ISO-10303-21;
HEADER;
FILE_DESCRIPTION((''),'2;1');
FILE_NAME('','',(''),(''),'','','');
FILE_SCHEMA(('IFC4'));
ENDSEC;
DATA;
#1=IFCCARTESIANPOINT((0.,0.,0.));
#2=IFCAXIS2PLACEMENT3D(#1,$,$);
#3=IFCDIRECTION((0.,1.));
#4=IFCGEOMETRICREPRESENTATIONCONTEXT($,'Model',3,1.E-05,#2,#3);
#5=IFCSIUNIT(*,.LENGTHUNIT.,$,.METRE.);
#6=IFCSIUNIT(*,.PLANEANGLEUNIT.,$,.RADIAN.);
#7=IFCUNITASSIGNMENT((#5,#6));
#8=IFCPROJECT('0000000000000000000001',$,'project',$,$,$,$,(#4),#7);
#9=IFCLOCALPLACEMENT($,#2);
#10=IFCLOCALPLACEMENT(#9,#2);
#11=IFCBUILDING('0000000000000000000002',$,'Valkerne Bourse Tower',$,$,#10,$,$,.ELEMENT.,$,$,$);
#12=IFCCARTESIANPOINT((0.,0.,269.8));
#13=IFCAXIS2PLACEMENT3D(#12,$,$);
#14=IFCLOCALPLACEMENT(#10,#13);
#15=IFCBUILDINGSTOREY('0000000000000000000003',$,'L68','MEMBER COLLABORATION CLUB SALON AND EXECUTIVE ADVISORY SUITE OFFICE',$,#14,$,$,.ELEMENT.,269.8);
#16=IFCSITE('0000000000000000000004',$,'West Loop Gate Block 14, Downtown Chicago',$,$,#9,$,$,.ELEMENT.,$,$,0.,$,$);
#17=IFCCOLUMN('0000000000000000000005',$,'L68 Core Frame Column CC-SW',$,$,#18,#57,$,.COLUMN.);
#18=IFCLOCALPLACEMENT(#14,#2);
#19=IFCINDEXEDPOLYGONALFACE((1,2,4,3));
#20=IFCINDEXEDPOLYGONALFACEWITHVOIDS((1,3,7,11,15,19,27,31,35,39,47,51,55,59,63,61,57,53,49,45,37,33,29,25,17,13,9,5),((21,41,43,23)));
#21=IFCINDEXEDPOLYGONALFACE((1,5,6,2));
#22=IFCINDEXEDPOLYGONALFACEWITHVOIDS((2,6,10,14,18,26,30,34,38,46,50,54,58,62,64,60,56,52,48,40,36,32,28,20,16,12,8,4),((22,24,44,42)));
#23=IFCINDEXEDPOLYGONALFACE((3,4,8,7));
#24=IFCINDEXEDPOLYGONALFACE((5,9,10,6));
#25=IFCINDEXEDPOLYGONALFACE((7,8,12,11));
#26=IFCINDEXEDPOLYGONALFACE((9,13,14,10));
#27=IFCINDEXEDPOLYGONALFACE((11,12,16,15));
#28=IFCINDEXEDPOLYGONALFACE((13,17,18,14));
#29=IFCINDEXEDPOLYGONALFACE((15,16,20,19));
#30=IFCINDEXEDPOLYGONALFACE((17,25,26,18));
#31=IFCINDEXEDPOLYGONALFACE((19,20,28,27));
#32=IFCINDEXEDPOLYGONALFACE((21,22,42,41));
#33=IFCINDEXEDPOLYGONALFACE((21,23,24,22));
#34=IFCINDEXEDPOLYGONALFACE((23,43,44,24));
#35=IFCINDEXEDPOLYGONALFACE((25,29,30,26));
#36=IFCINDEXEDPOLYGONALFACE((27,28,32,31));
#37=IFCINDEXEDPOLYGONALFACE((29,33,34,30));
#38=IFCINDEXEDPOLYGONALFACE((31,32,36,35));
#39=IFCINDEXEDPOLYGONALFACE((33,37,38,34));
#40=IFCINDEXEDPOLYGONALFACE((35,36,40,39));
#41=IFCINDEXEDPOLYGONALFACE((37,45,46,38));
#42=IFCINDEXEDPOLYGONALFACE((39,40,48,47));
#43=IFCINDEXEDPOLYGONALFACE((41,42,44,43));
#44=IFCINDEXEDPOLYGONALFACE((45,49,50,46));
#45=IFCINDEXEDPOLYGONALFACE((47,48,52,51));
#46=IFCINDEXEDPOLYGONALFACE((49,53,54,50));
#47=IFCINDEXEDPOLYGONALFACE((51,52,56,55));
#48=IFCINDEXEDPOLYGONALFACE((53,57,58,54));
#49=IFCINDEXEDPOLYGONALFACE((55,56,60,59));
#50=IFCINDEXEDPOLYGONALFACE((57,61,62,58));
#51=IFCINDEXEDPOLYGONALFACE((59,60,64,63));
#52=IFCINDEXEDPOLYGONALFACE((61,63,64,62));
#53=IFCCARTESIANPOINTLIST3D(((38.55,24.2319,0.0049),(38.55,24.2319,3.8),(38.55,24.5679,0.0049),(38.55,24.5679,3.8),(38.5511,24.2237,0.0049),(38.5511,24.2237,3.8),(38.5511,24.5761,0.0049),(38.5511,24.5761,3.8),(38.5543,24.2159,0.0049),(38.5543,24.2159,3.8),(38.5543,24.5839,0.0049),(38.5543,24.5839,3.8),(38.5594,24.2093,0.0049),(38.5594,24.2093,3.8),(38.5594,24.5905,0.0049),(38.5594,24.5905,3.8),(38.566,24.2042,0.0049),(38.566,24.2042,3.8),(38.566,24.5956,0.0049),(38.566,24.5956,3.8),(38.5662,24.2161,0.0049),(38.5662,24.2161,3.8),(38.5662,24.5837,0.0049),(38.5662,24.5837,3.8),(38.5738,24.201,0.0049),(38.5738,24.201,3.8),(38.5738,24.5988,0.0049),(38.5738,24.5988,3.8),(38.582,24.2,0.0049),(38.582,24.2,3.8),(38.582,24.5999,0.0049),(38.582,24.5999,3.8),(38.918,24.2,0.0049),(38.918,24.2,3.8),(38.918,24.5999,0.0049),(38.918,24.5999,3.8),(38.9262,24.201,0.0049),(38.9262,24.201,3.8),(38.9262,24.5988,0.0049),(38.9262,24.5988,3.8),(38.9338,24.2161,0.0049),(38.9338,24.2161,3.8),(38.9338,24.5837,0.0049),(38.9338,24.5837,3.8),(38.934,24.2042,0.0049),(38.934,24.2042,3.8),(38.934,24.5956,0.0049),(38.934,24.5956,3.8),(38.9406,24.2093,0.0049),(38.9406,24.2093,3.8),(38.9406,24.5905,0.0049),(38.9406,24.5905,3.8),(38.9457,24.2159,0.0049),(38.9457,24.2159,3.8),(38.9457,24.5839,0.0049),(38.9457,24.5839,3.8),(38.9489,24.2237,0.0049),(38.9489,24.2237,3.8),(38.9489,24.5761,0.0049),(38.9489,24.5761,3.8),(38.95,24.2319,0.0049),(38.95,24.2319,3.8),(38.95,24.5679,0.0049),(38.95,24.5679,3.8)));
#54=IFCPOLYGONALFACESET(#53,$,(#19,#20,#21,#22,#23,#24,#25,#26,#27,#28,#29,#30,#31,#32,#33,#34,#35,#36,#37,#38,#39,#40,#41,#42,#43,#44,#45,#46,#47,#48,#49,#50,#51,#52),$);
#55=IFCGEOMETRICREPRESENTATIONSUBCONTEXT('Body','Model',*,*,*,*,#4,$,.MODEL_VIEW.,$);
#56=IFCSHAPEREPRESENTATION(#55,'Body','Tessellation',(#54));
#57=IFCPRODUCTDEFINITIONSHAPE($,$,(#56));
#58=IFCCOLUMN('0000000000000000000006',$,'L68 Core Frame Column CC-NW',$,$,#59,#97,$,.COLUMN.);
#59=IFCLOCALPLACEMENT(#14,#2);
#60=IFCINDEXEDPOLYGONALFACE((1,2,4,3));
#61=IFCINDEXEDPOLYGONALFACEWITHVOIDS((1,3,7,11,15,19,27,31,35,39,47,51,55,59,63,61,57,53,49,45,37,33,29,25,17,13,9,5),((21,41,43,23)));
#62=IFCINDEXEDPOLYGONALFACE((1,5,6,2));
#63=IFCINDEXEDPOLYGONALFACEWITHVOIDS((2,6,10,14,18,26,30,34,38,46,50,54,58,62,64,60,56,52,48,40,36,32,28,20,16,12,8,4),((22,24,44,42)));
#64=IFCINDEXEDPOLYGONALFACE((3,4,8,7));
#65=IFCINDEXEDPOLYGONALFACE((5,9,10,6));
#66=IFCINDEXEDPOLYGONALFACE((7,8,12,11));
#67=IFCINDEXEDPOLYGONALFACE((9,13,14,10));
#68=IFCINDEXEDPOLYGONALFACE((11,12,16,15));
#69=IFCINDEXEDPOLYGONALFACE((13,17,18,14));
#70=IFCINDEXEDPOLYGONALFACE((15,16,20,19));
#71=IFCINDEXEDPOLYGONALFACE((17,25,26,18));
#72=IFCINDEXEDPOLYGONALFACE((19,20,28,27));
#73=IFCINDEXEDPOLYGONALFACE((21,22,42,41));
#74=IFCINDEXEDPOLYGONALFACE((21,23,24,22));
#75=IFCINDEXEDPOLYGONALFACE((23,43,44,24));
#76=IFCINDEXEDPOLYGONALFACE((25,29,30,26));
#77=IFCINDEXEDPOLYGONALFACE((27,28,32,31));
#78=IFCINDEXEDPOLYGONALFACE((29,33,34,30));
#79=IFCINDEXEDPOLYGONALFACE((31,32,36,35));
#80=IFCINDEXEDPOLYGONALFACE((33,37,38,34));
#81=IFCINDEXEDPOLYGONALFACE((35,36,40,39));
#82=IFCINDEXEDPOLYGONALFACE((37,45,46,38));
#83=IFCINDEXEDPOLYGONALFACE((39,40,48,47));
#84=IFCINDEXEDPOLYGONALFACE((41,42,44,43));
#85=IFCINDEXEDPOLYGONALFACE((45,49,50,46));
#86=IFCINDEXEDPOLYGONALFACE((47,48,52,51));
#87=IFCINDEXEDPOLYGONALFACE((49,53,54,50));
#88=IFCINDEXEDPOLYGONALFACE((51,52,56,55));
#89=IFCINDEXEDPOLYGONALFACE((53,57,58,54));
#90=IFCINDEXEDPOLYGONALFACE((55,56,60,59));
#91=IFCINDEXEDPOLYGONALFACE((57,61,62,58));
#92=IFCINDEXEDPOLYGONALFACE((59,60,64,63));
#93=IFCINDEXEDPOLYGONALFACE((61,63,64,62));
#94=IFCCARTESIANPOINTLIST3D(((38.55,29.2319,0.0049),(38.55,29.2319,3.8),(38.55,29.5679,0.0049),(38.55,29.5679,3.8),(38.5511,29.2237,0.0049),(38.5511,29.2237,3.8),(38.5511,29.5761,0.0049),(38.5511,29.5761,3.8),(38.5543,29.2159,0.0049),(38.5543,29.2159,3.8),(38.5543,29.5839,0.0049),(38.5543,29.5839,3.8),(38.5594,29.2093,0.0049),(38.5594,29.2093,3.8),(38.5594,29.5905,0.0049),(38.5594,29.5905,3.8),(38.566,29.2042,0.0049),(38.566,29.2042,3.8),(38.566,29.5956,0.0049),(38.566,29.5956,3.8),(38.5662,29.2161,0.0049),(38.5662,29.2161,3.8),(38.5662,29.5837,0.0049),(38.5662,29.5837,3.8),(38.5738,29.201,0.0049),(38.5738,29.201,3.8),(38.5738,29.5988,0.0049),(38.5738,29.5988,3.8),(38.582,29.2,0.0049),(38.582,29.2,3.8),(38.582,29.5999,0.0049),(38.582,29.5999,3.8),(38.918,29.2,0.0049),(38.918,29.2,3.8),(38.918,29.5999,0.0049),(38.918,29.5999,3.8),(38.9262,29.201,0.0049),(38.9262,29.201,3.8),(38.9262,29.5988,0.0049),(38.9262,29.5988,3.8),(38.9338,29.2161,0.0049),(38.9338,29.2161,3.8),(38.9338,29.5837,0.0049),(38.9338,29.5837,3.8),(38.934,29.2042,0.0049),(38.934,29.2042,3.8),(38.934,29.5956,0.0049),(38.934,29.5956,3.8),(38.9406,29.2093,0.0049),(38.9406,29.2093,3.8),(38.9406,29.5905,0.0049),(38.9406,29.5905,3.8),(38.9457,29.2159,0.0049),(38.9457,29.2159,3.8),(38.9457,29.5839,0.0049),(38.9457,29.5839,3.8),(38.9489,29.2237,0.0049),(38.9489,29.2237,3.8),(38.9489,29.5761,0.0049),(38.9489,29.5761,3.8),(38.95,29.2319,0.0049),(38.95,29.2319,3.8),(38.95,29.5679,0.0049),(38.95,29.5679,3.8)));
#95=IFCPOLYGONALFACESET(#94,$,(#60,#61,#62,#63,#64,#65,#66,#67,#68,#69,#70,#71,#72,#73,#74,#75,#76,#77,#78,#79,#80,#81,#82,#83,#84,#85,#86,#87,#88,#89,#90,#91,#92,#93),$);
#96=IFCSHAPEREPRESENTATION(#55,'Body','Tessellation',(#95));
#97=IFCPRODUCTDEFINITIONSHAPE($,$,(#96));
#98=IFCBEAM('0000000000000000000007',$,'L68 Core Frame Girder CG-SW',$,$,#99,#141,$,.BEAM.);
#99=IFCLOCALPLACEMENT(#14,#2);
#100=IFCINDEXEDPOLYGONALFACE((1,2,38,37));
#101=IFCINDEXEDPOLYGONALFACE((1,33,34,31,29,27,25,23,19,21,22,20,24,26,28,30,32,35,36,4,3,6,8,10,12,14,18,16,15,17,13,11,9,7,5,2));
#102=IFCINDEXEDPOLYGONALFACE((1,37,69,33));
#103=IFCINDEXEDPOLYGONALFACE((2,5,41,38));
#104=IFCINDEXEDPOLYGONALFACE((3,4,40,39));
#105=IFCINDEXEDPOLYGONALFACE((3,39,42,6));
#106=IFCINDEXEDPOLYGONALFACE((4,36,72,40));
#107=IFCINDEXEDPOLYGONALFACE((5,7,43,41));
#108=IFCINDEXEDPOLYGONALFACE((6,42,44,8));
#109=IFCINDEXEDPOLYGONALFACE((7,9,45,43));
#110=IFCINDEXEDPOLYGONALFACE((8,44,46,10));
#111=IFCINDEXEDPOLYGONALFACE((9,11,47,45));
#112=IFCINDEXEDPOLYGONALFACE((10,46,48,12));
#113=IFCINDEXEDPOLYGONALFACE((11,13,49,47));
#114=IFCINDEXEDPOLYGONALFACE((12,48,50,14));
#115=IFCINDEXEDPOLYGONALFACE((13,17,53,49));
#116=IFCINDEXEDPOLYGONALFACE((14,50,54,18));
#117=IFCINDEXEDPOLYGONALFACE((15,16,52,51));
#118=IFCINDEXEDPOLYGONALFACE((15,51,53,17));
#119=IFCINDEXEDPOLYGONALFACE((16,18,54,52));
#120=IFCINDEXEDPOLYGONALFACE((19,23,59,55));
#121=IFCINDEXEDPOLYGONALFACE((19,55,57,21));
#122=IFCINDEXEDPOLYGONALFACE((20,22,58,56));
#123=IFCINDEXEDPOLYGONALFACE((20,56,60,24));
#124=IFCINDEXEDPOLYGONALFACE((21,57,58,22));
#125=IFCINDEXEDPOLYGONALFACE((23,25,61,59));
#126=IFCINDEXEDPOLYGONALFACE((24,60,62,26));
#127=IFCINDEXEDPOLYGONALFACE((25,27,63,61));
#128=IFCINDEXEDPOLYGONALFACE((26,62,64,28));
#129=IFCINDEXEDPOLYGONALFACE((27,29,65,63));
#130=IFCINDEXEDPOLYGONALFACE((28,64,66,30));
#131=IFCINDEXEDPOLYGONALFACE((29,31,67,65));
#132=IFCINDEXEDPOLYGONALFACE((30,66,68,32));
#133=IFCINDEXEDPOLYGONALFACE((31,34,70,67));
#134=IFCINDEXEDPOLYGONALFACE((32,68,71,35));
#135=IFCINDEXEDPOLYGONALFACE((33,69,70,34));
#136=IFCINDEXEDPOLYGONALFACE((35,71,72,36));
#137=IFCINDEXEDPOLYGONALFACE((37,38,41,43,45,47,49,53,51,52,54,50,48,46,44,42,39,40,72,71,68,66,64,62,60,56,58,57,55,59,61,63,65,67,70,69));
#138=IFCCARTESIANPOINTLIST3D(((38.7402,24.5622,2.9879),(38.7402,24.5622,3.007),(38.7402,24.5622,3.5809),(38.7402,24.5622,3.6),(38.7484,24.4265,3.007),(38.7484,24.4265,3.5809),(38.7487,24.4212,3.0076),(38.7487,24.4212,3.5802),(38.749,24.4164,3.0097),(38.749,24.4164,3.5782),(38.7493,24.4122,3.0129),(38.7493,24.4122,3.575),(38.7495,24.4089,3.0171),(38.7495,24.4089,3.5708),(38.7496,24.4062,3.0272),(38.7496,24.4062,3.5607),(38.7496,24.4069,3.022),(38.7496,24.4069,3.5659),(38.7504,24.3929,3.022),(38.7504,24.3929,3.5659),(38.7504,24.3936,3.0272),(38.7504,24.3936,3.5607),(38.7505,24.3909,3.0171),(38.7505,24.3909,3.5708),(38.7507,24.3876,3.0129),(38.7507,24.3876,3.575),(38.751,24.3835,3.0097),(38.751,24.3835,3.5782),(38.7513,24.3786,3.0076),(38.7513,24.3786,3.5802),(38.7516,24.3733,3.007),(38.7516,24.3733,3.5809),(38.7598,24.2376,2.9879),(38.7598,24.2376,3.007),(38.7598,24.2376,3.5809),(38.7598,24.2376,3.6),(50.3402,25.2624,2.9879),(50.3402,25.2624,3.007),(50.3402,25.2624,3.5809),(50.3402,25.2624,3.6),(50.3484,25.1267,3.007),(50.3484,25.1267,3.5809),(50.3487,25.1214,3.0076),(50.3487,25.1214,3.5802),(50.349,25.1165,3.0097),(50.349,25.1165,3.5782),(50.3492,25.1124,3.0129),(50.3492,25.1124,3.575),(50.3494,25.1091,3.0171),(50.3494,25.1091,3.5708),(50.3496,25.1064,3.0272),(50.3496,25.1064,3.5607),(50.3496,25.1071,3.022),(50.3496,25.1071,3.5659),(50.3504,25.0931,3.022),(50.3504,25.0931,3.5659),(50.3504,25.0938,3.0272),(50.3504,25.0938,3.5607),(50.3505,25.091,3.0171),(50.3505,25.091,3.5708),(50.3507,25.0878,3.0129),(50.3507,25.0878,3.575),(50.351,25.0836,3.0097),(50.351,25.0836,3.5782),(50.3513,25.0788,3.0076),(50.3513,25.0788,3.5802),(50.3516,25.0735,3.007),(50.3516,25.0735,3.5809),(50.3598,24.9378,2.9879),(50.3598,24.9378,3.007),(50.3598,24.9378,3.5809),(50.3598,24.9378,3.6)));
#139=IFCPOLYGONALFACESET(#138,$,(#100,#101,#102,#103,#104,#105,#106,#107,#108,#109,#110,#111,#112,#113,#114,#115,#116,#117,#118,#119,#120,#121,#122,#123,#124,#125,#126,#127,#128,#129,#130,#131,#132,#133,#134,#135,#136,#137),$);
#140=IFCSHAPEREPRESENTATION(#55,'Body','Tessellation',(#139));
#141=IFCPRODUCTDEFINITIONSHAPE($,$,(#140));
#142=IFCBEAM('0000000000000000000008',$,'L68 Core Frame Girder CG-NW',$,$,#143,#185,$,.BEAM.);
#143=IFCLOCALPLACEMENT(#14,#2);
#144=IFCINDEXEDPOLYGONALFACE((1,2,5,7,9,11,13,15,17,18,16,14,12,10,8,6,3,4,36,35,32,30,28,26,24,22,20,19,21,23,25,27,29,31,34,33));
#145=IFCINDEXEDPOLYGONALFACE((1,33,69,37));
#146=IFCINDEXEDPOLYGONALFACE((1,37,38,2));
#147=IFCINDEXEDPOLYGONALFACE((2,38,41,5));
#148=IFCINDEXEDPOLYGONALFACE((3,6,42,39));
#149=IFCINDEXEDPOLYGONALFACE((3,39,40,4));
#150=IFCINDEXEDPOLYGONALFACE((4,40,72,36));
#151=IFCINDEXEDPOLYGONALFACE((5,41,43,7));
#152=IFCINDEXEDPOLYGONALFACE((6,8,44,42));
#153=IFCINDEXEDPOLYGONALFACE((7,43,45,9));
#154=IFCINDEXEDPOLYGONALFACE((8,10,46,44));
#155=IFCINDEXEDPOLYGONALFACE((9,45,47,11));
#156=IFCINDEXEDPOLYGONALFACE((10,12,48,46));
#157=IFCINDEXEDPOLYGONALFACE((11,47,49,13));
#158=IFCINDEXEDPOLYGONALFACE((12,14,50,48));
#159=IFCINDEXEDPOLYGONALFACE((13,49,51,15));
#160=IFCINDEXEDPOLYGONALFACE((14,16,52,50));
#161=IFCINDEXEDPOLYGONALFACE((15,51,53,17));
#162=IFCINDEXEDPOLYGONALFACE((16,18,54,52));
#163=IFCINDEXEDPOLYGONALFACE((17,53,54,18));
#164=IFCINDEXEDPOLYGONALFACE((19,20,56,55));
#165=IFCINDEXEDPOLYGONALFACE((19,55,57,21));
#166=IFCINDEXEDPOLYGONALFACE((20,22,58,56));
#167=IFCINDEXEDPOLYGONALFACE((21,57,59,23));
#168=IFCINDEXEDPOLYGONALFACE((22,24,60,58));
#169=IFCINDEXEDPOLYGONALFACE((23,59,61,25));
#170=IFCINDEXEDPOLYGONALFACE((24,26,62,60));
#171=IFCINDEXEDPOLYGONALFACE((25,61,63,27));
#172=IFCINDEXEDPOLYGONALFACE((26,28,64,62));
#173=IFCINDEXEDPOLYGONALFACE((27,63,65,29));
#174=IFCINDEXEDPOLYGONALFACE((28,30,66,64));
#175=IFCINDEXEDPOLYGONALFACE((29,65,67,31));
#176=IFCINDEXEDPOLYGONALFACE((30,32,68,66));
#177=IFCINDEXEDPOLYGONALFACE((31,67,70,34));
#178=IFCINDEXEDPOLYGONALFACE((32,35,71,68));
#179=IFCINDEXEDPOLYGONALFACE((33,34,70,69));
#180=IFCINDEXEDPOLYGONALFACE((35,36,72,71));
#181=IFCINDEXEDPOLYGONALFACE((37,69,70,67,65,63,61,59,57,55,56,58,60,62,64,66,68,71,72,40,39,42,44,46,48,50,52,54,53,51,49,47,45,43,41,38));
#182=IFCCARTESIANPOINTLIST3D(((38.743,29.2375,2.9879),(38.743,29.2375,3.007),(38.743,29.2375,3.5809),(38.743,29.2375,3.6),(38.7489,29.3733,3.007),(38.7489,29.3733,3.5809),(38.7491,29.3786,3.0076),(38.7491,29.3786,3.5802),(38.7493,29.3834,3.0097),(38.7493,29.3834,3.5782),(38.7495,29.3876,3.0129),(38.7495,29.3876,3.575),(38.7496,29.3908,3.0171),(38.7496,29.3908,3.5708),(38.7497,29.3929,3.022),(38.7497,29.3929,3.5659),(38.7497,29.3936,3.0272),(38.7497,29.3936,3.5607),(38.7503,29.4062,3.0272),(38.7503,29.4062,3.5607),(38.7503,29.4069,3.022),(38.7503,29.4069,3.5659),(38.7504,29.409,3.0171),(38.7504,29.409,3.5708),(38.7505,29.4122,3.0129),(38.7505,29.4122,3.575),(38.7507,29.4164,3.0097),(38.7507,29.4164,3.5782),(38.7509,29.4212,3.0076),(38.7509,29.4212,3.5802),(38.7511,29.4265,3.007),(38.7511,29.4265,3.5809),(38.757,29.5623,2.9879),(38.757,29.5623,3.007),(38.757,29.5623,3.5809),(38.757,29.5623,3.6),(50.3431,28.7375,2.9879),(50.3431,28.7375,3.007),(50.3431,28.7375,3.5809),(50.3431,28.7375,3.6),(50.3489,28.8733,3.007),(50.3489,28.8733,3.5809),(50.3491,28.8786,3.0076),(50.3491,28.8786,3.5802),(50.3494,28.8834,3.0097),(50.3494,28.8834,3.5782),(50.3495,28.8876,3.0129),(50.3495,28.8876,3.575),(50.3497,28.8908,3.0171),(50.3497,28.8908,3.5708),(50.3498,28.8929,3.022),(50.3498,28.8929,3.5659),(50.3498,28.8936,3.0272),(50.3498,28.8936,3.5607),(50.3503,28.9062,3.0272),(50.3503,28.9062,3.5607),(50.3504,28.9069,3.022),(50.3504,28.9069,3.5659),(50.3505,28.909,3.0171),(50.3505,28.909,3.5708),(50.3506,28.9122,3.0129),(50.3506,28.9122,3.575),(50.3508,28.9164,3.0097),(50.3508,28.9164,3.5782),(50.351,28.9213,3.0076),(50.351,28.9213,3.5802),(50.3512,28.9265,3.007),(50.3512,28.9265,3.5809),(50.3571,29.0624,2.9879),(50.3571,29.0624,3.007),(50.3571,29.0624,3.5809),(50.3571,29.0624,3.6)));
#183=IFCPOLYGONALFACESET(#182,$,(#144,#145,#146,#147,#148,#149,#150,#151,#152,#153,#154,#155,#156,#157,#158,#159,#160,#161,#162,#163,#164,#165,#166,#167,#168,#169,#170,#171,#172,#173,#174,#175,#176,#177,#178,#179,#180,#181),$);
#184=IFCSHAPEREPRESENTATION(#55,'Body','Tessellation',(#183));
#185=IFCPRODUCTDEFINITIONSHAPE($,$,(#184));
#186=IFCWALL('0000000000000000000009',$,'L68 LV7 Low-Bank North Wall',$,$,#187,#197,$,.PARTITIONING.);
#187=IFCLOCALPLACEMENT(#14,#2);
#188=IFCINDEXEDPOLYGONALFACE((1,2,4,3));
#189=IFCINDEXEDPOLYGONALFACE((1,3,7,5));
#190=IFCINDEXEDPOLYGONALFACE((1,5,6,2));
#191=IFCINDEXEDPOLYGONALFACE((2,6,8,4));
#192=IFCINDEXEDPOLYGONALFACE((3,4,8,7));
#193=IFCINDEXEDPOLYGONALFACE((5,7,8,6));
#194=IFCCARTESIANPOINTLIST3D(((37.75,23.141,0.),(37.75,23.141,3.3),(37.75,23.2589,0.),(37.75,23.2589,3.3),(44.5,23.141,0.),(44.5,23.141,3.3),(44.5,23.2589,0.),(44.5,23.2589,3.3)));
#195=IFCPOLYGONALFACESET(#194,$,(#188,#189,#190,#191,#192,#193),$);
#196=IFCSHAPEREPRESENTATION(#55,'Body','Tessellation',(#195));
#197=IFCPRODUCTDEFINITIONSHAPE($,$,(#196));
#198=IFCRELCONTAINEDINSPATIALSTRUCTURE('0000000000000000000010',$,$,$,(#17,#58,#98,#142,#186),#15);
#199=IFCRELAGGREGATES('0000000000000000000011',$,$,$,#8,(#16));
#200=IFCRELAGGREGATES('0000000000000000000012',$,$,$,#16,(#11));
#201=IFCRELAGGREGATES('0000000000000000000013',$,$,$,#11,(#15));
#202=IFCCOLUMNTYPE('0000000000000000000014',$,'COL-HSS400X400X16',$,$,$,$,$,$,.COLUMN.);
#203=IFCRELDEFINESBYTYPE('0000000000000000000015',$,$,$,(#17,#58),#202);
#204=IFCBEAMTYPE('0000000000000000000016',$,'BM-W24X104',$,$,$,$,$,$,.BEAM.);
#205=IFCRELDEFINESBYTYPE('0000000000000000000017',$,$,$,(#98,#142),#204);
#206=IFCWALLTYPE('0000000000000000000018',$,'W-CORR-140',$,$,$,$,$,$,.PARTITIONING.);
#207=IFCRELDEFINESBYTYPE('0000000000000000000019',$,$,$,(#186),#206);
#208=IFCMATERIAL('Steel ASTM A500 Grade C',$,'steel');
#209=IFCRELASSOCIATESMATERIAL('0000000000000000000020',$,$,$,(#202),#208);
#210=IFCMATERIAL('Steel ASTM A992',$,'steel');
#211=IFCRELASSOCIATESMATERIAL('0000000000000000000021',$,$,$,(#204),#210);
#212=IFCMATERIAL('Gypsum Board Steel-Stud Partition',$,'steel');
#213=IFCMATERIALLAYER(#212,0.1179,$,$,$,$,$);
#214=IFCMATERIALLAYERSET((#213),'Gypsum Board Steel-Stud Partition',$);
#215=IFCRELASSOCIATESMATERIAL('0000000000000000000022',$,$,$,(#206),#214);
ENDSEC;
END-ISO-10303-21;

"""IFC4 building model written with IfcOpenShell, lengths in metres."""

from ifc_helpers import new_model, si_unit, direction, frame, frame_2d, origin, origin_2d, place, context, subcontext, project, spatial, rectangle, hollow_rectangle, i_section, extrude, material, layer, layer_set, material_profile, profile_set, type_object, element, save


model = new_model("IFC4")

# Units and contexts
model_context = context("Model", 3, precision=1e-05, world=origin(), true_north=direction((0.0, 1.0)))
body_context = subcontext(model_context, "Body", "Model", "MODEL_VIEW")
ifc_project = project(units=[si_unit("LENGTHUNIT", "METRE"), si_unit("PLANEANGLEUNIT", "RADIAN")], contexts=[model_context])

# Site, building, storey
site_placement = place(None, origin())
site = spatial("IfcSite", under=ifc_project, at=site_placement, Name="West Loop Gate Block 14, Downtown Chicago", CompositionType="ELEMENT", RefElevation=0.0)
building_placement = place(site_placement, origin())
building = spatial("IfcBuilding", under=site, at=building_placement, Name="Valkerne Bourse Tower", CompositionType="ELEMENT")
storey_placement = place(building_placement, frame((0.0, 0.0, 269.8)))
storey = spatial("IfcBuildingStorey", under=building, at=storey_placement, Name="L68", Description="MEMBER COLLABORATION CLUB SALON AND EXECUTIVE ADVISORY SUITE OFFICE", CompositionType="ELEMENT", Elevation=269.8)

# Columns
ifc_material_1 = material(Name="Steel ASTM A500 Grade C", Category="steel")
ifc_material_profile_1 = material_profile(ifc_material_1, hollow_rectangle(XDim=0.3999, YDim=0.3999, WallThickness=0.0161, OuterFilletRadius=0.032, at=origin_2d()), Name="HSS400X400X16")
ifc_profile_set_1 = profile_set([ifc_material_profile_1], Name="Steel ASTM A500 Grade C")
column_type = type_object("IfcColumnType", Name="COL-HSS400X400X16", PredefinedType="COLUMN", material=ifc_profile_set_1)
for number, where, z_axis, x_axis, name in (
    (1, (38.75, 24.3999, 0.0049), (0.0, 0.0, 1.0), (1.0, 0.0, 0.0), "L68 Core Frame Column CC-SW"),
    (2, (38.75, 29.3999, 0.0049), (0.0, 0.0, 1.0), (1.0, 0.0, 0.0), "L68 Core Frame Column CC-NW"),
):
    element("IfcColumn", number, at=place(storey_placement, frame(where, z_axis=z_axis, x_axis=x_axis)), inside=storey, type_object=column_type, Name=name, PredefinedType="COLUMN", context=body_context, shape_type="SweptSolid", body=[
        extrude(hollow_rectangle(XDim=0.3999, YDim=0.3999, WallThickness=0.0161, OuterFilletRadius=0.032, at=origin_2d()), origin(), (0.0, 0.0, 1.0), 3.7952),
    ])

# Beams
ifc_material_2 = material(Name="Steel ASTM A992", Category="steel")
ifc_material_profile_2 = material_profile(ifc_material_2, i_section(OverallWidth=0.3252, OverallDepth=0.6121, WebThickness=0.0127, FlangeThickness=0.019, FilletRadius=0.0203, at=origin_2d()), Name="W24X104")
ifc_profile_set_2 = profile_set([ifc_material_profile_2], Name="Steel ASTM A992")
beam_type = type_object("IfcBeamType", Name="BM-W24X104", PredefinedType="BEAM", material=ifc_profile_set_2)
beam_1_placement = place(storey_placement, frame((38.75, 24.3999, 3.2939), z_axis=(0.998183, 0.060251, 0.0), x_axis=(-0.060251, 0.998183, 0.0)))
element("IfcBeam", 3, at=beam_1_placement, inside=storey, type_object=beam_type, Name="L68 Core Frame Girder CG-SW", PredefinedType="BEAM", context=body_context, shape_type="SweptSolid", body=[
    extrude(i_section(OverallWidth=0.3252, OverallDepth=0.6121, WebThickness=0.0127, FlangeThickness=0.019, FilletRadius=0.0203, at=origin_2d()), origin(), (0.0, 0.0, 1.0), 11.6211),
])
beam_2_placement = place(storey_placement, frame((38.75, 29.3999, 3.2939), z_axis=(0.999072, -0.043063, 0.0), x_axis=(0.043063, 0.999072, 0.0)))
element("IfcBeam", 4, at=beam_2_placement, inside=storey, type_object=beam_type, Name="L68 Core Frame Girder CG-NW", PredefinedType="BEAM", context=body_context, shape_type="SweptSolid", body=[
    extrude(i_section(OverallWidth=0.3252, OverallDepth=0.6121, WebThickness=0.0127, FlangeThickness=0.019, FilletRadius=0.0203, at=origin_2d()), origin(), (0.0, 0.0, 1.0), 11.6108),
])

# Wall
ifc_material_3 = material(Name="Gypsum Board Steel-Stud Partition", Category="steel")
ifc_layer_1 = layer(ifc_material_3, 0.1179)
ifc_layer_set_1 = layer_set([ifc_layer_1], Name="Gypsum Board Steel-Stud Partition")
wall_type_1 = type_object("IfcWallType", Name="W-CORR-140", PredefinedType="PARTITIONING", material=ifc_layer_set_1)
wall_1_placement = place(storey_placement, frame((37.75, 23.2, 0.0), z_axis=(0.0, 0.0, 1.0), x_axis=(1.0, 0.0, 0.0)))
element("IfcWall", 5, at=wall_1_placement, inside=storey, type_object=wall_type_1, Name="L68 LV7 Low-Bank North Wall", PredefinedType="PARTITIONING", context=body_context, shape_type="SweptSolid", body=[
    extrude(rectangle(XDim=6.75, YDim=0.1179, at=frame_2d((3.375, 0.0))), origin(), (0.0, 0.0, 1.0), 3.3),
])

save(model, "model.ifc")
